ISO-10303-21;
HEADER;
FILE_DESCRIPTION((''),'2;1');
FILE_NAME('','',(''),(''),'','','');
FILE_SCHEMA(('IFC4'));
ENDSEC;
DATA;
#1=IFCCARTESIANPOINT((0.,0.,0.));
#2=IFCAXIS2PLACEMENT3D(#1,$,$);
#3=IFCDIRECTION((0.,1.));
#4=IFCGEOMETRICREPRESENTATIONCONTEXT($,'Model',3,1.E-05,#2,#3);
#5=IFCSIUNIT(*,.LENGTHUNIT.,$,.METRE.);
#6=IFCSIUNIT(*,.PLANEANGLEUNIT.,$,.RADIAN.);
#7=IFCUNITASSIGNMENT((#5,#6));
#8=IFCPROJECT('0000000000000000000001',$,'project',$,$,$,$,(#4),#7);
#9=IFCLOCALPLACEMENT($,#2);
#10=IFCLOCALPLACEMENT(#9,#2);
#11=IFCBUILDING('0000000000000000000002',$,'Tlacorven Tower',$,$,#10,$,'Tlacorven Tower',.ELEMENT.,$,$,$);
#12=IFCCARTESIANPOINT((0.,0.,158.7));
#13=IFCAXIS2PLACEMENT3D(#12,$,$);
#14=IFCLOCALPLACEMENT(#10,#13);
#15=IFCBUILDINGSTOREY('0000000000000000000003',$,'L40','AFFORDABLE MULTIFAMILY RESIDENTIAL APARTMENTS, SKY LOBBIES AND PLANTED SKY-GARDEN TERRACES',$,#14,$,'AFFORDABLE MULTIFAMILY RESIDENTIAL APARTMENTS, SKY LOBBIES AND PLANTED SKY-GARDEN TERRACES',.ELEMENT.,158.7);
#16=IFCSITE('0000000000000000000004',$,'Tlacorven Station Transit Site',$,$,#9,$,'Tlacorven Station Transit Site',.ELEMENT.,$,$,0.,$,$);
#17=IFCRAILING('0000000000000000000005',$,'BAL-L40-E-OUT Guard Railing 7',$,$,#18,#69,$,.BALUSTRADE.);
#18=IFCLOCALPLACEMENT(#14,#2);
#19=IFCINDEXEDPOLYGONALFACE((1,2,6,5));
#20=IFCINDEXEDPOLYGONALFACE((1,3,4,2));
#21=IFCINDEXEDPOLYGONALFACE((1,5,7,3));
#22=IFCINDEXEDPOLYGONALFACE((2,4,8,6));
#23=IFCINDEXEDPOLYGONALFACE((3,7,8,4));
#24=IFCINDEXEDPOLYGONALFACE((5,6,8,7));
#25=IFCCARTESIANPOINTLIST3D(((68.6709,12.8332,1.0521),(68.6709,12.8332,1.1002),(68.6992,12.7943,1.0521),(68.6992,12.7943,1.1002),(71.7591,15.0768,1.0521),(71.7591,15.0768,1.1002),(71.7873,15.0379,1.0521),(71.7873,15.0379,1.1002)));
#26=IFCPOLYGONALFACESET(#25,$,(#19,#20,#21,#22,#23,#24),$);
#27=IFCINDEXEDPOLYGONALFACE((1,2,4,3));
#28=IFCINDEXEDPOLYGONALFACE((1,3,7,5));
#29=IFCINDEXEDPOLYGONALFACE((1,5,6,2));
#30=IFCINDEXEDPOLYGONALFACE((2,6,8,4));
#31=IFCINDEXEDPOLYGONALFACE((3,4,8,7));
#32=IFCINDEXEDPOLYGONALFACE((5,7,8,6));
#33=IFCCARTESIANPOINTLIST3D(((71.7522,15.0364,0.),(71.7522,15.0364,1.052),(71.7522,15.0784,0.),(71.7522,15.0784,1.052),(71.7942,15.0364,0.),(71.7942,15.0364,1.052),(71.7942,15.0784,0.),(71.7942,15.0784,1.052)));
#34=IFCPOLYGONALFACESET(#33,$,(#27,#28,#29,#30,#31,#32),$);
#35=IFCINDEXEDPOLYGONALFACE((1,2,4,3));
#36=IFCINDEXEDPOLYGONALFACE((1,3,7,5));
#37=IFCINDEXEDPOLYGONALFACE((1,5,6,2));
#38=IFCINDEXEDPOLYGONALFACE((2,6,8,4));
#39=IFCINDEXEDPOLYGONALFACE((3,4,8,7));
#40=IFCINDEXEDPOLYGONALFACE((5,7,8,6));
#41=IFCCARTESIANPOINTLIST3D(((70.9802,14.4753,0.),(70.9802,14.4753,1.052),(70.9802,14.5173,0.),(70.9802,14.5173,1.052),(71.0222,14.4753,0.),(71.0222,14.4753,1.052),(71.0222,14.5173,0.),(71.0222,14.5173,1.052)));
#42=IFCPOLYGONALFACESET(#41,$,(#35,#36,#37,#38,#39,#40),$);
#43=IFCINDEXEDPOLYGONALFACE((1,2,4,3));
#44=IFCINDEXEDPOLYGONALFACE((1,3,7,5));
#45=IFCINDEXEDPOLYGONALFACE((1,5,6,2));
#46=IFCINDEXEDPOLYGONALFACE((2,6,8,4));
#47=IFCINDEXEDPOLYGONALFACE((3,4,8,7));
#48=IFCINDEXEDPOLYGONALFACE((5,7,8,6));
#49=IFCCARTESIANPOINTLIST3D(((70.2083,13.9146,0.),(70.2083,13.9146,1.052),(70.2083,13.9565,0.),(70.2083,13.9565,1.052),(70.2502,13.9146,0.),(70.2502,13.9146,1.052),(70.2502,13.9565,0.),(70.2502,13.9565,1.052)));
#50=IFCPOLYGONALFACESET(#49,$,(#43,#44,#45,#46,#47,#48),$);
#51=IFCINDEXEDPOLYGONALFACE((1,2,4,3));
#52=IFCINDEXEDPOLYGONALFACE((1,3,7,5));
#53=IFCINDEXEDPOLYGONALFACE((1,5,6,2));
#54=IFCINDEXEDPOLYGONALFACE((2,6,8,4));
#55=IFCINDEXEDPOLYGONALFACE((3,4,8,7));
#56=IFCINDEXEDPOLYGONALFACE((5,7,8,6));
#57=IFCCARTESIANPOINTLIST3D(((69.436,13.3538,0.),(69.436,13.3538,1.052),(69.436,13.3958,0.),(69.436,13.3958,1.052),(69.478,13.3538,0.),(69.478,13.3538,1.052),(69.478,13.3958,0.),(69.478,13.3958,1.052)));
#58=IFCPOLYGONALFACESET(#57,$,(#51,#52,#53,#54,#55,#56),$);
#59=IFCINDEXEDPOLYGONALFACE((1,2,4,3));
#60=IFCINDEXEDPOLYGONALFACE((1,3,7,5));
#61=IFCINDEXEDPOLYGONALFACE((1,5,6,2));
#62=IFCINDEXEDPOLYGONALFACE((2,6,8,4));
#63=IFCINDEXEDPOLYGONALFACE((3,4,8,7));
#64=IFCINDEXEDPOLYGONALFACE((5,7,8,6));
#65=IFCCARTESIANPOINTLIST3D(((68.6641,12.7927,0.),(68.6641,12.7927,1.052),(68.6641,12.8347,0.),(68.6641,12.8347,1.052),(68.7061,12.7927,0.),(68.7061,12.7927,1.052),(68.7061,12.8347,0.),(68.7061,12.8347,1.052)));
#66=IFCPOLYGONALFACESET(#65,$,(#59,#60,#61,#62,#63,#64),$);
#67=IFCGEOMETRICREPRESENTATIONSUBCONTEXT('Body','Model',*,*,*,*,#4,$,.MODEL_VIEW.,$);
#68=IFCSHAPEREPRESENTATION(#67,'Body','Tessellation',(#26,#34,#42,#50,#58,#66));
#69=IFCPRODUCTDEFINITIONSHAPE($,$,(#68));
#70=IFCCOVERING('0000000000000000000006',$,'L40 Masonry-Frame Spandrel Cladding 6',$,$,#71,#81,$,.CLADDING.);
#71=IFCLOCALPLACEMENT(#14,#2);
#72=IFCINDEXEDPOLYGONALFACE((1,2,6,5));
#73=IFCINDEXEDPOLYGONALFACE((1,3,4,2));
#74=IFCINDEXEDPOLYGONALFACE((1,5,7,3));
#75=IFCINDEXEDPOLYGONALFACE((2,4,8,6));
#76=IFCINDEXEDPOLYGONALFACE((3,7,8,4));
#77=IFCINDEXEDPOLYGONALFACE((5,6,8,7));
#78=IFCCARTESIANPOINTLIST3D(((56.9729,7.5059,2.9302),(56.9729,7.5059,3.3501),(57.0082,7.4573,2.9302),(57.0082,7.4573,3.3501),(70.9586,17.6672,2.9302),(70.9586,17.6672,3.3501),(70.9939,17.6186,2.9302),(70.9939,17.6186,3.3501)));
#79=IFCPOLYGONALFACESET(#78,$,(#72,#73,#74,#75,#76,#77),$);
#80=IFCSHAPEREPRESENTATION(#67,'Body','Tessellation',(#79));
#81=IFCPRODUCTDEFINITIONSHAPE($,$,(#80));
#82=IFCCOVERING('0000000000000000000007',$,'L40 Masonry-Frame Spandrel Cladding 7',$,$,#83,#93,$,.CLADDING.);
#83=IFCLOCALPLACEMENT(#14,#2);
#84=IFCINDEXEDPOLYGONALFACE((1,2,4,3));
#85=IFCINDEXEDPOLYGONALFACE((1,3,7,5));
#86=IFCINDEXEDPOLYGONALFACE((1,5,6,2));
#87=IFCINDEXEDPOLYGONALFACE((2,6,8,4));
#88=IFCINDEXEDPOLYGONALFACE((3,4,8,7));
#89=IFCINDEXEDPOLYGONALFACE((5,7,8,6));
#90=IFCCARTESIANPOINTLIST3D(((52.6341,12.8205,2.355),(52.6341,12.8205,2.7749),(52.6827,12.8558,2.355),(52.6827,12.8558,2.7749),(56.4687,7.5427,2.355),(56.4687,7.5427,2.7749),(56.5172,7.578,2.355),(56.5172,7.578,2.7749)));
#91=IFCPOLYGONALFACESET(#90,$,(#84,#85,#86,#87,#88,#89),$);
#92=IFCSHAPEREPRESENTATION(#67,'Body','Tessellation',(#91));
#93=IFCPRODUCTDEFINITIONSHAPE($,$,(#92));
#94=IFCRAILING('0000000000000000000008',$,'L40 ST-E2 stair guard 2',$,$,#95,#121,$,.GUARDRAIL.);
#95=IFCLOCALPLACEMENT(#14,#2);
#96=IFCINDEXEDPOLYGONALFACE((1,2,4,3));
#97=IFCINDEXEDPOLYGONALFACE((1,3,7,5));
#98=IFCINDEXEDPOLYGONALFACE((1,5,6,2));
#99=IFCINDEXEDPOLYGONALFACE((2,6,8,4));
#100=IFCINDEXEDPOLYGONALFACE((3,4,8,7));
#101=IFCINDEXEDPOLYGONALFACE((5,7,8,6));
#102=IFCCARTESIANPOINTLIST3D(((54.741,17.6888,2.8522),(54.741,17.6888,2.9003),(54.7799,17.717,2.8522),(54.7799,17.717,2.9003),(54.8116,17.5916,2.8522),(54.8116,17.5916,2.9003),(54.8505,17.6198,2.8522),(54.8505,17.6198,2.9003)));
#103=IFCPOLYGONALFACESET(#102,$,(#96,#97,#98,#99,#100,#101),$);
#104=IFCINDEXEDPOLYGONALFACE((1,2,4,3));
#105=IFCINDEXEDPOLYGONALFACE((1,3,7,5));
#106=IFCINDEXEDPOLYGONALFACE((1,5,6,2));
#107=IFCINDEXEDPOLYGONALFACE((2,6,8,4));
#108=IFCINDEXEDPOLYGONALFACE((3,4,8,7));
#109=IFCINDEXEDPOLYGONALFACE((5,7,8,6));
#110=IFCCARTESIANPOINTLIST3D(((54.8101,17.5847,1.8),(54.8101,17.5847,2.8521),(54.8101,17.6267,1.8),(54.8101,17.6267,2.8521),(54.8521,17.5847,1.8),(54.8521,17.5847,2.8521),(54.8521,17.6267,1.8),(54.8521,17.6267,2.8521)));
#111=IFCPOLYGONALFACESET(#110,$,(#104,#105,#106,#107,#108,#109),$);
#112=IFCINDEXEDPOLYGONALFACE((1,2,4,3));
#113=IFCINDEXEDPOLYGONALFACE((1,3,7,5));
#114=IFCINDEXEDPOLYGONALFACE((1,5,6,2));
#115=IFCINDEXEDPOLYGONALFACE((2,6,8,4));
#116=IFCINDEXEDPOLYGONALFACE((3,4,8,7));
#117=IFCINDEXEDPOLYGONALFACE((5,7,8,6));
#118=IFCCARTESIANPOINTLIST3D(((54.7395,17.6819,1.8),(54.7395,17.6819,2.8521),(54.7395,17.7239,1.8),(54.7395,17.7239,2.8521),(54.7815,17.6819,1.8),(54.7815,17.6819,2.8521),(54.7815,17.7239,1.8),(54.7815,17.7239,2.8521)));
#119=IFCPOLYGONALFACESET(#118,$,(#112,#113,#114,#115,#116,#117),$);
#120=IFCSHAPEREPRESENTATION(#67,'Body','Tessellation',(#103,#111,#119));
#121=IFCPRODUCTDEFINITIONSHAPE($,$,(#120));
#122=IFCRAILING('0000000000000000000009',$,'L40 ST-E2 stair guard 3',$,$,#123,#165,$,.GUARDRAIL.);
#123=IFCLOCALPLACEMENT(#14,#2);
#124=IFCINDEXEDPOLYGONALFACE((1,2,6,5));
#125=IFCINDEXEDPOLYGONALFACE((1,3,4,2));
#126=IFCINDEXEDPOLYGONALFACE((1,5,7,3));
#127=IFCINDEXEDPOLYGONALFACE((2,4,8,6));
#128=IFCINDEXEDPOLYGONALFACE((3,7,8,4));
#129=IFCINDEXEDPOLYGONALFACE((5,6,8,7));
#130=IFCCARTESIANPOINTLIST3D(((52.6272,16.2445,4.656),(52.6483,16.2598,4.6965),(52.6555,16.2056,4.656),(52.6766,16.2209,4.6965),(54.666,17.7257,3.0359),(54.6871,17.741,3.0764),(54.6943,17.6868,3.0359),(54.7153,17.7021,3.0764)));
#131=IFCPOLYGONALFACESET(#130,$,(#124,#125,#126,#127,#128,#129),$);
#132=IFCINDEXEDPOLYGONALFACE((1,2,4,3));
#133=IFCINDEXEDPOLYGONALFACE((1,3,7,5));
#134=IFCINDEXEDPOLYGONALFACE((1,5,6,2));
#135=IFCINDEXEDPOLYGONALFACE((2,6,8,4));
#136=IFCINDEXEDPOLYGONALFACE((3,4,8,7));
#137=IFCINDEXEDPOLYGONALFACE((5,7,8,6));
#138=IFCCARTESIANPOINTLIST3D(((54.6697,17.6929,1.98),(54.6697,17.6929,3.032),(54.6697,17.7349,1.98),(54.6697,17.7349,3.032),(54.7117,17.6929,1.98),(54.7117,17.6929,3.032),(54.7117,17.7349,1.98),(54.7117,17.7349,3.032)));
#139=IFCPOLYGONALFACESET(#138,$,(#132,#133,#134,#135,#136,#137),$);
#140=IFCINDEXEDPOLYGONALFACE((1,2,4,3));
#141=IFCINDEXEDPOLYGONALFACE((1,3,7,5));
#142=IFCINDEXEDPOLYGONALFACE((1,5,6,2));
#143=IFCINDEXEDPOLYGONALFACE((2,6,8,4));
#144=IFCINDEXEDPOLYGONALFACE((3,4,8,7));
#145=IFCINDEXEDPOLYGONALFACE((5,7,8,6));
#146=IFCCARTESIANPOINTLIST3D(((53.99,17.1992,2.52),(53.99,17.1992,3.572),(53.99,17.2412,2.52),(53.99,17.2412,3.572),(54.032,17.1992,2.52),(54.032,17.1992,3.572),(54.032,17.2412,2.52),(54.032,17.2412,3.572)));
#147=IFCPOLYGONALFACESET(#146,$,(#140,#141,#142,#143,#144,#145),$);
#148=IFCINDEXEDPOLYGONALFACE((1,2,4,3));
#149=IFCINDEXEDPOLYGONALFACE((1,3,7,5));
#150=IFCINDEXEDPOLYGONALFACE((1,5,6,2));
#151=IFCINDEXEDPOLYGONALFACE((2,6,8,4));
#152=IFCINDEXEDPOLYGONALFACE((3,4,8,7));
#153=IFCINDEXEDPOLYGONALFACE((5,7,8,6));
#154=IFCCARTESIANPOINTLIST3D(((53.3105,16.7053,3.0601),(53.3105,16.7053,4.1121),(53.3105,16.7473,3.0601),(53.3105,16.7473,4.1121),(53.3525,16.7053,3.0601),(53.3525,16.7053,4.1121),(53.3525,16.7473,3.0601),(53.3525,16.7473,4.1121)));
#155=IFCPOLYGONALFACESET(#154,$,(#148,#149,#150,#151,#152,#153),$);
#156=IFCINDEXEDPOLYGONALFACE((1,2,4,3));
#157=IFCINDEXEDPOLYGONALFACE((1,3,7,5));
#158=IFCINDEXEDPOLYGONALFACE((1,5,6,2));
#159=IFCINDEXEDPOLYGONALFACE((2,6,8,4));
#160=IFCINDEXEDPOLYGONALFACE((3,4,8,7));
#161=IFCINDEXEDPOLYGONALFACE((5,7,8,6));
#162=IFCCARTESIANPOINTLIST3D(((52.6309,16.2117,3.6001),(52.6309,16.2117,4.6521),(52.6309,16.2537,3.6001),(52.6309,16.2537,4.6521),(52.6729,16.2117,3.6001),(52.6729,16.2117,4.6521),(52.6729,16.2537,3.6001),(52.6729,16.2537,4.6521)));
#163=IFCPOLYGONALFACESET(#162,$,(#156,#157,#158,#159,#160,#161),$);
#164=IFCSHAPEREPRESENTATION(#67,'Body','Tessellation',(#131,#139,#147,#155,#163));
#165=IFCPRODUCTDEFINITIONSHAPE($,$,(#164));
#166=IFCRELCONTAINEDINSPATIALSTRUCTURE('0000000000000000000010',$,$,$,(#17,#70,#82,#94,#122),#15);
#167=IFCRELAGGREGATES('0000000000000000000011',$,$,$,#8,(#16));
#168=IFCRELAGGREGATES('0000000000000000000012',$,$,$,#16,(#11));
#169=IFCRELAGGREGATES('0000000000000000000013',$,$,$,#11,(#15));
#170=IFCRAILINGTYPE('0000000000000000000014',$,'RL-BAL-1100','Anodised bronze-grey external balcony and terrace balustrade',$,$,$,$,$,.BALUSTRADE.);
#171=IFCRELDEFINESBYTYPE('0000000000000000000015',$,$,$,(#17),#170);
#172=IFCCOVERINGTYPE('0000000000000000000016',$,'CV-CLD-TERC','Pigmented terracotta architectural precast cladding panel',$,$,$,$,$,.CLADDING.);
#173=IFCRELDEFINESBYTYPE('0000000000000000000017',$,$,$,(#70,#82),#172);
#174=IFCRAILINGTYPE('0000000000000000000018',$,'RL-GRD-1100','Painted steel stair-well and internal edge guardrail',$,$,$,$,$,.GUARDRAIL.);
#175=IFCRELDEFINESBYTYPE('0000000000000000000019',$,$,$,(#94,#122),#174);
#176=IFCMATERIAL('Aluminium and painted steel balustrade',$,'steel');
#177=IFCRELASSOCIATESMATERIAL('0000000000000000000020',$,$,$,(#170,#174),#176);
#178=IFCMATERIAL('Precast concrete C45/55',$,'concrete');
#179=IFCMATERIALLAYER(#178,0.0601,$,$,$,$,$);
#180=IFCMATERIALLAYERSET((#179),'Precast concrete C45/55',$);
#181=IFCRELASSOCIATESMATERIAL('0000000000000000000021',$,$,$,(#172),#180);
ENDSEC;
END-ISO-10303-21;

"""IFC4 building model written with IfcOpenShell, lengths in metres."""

from ifc_helpers import new_model, si_unit, direction, frame, origin, origin_2d, place, context, subcontext, project, spatial, rectangle, extrude, source, transform, mapped, material, layer, layer_set, type_object, element, save


model = new_model("IFC4")

# Units and contexts
model_context = context("Model", 3, precision=1e-05, world=origin(), true_north=direction((0.0, 1.0)))
body_context = subcontext(model_context, "Body", "Model", "MODEL_VIEW")
ifc_project = project(units=[si_unit("LENGTHUNIT", "METRE"), si_unit("PLANEANGLEUNIT", "RADIAN")], contexts=[model_context])

# Site, building, storey
site_placement = place(None, origin())
site = spatial("IfcSite", under=ifc_project, at=site_placement, Name="Tlacorven Station Transit Site", LongName="Tlacorven Station Transit Site", CompositionType="ELEMENT", RefElevation=0.0)
building_placement = place(site_placement, origin())
building = spatial("IfcBuilding", under=site, at=building_placement, Name="Tlacorven Tower", LongName="Tlacorven Tower", CompositionType="ELEMENT")
storey_placement = place(building_placement, frame((0.0, 0.0, 158.7)))
storey = spatial("IfcBuildingStorey", under=building, at=storey_placement, Name="L40", Description="AFFORDABLE MULTIFAMILY RESIDENTIAL APARTMENTS, SKY LOBBIES AND PLANTED SKY-GARDEN TERRACES", LongName="AFFORDABLE MULTIFAMILY RESIDENTIAL APARTMENTS, SKY LOBBIES AND PLANTED SKY-GARDEN TERRACES", CompositionType="ELEMENT", Elevation=158.7)

# Shared definitions
ifc_material_1 = material(Name="Precast concrete C45/55", Category="concrete")

# Railing
ifc_material_2 = material(Name="Aluminium and painted steel balustrade", Category="steel")
railing_type_1 = type_object("IfcRailingType", Name="RL-BAL-1100", Description="Anodised bronze-grey external balcony and terrace balustrade", PredefinedType="BALUSTRADE", material=ifc_material_2)
shared_shape_1 = source(origin(), body_context, "Body", "SweptSolid", [
    extrude(rectangle(XDim=0.0481, YDim=0.0481, at=origin_2d()), frame((0.0, 0.0, 1.0762), z_axis=(-0.809018, -0.587784, 0.0), x_axis=(0.587784, -0.809018, 0.0)), (0.0, 0.0, 1.0), 3.8171),
    extrude(rectangle(XDim=0.042, YDim=0.042, at=origin_2d()), origin(), (0.0, 0.0, 1.0), 1.052),
    extrude(rectangle(XDim=0.042, YDim=0.042, at=origin_2d()), frame((-0.772, -0.561, 0.0)), (0.0, 0.0, 1.0), 1.052),
    extrude(rectangle(XDim=0.042, YDim=0.042, at=origin_2d()), frame((-1.5439, -1.1218, 0.0)), (0.0, 0.0, 1.0), 1.052),
    extrude(rectangle(XDim=0.042, YDim=0.042, at=origin_2d()), frame((-2.3162, -1.6826, 0.0)), (0.0, 0.0, 1.0), 1.052),
    extrude(rectangle(XDim=0.042, YDim=0.042, at=origin_2d()), frame((-3.0881, -2.2437, 0.0)), (0.0, 0.0, 1.0), 1.052),
])
railing_1_placement = place(storey_placement, frame((71.7732, 15.0574, 0.0)))
element("IfcRailing", 1, at=railing_1_placement, inside=storey, type_object=railing_type_1, Name="BAL-L40-E-OUT Guard Railing 7", PredefinedType="BALUSTRADE", context=body_context, shape_type="MappedRepresentation", body=[
    mapped(shared_shape_1, transform((0.0, 0.0, 0.0), scale=1.0)),
])

# Coverings
ifc_layer_1 = layer(ifc_material_1, 0.0601)
ifc_layer_set_1 = layer_set([ifc_layer_1], Name="Precast concrete C45/55")
covering_type = type_object("IfcCoveringType", Name="CV-CLD-TERC", Description="Pigmented terracotta architectural precast cladding panel", PredefinedType="CLADDING", material=ifc_layer_set_1)
shared_shape_2 = source(origin(), body_context, "Body", "SweptSolid", [
    extrude(rectangle(XDim=17.2874, YDim=0.0601, at=origin_2d()), origin(), (0.0, 0.0, 1.0), 0.4199),
])
covering_1_placement = place(storey_placement, frame((63.9834, 12.5623, 2.9302), z_axis=(0.0, 0.0, 1.0), x_axis=(-0.809017, -0.587785, 0.0)))
element("IfcCovering", 2, at=covering_1_placement, inside=storey, type_object=covering_type, Name="L40 Masonry-Frame Spandrel Cladding 6", PredefinedType="CLADDING", context=body_context, shape_type="MappedRepresentation", body=[
    mapped(shared_shape_2, transform((0.0, 0.0, 0.0), scale=1.0)),
])
shared_shape_3 = source(origin(), body_context, "Body", "SweptSolid", [
    extrude(rectangle(XDim=6.5237, YDim=0.0601, at=origin_2d()), origin(), (0.0, 0.0, 1.0), 0.4199),
])
covering_2_placement = place(storey_placement, frame((54.5757, 10.1992, 2.355), z_axis=(0.0, 0.0, 1.0), x_axis=(-0.587786, 0.809017, 0.0)))
element("IfcCovering", 3, at=covering_2_placement, inside=storey, type_object=covering_type, Name="L40 Masonry-Frame Spandrel Cladding 7", PredefinedType="CLADDING", context=body_context, shape_type="MappedRepresentation", body=[
    mapped(shared_shape_3, transform((0.0, 0.0, 0.0), scale=1.0)),
])

# Railings
railing_type_2 = type_object("IfcRailingType", Name="RL-GRD-1100", Description="Painted steel stair-well and internal edge guardrail", PredefinedType="GUARDRAIL", material=ifc_material_2)
shared_shape_4 = source(origin(), body_context, "Body", "SweptSolid", [
    extrude(rectangle(XDim=0.0481, YDim=0.0481, at=origin_2d()), frame((0.0, 0.0, 1.0762), z_axis=(-0.587567, 0.809175, 0.0), x_axis=(-0.809175, -0.587567, 0.0)), (0.0, 0.0, 1.0), 0.1201),
    extrude(rectangle(XDim=0.042, YDim=0.042, at=origin_2d()), origin(), (0.0, 0.0, 1.0), 1.052),
    extrude(rectangle(XDim=0.042, YDim=0.042, at=origin_2d()), frame((-0.0706, 0.0972, 0.0)), (0.0, 0.0, 1.0), 1.052),
])
railing_2_placement = place(storey_placement, frame((54.8311, 17.6057, 1.8)))
element("IfcRailing", 4, at=railing_2_placement, inside=storey, type_object=railing_type_2, Name="L40 ST-E2 stair guard 2", PredefinedType="GUARDRAIL", context=body_context, shape_type="MappedRepresentation", body=[
    mapped(shared_shape_4, transform((0.0, 0.0, 0.0), scale=1.0)),
])
shared_shape_5 = source(origin(), body_context, "Body", "SweptSolid", [
    extrude(rectangle(XDim=0.0481, YDim=0.0481, at=origin_2d()), frame((0.0, 0.0, 1.0762), z_axis=(-0.680532, -0.494407, 0.540775), x_axis=(0.587763, -0.809033, 0.0)), (0.0, 0.0, 1.0), 2.9958),
    extrude(rectangle(XDim=0.042, YDim=0.042, at=origin_2d()), origin(), (0.0, 0.0, 1.0), 1.052),
    extrude(rectangle(XDim=0.042, YDim=0.042, at=origin_2d()), frame((-0.6797, -0.4937, 0.54)), (0.0, 0.0, 1.0), 1.052),
    extrude(rectangle(XDim=0.042, YDim=0.042, at=origin_2d()), frame((-1.3591, -0.9875, 1.0801)), (0.0, 0.0, 1.0), 1.052),
    extrude(rectangle(XDim=0.042, YDim=0.042, at=origin_2d()), frame((-2.0388, -1.4812, 1.6201)), (0.0, 0.0, 1.0), 1.052),
])
railing_3_placement = place(storey_placement, frame((54.6907, 17.7139, 1.98)))
element("IfcRailing", 5, at=railing_3_placement, inside=storey, type_object=railing_type_2, Name="L40 ST-E2 stair guard 3", PredefinedType="GUARDRAIL", context=body_context, shape_type="MappedRepresentation", body=[
    mapped(shared_shape_5, transform((0.0, 0.0, 0.0), scale=1.0)),
])

save(model, "model.ifc")
